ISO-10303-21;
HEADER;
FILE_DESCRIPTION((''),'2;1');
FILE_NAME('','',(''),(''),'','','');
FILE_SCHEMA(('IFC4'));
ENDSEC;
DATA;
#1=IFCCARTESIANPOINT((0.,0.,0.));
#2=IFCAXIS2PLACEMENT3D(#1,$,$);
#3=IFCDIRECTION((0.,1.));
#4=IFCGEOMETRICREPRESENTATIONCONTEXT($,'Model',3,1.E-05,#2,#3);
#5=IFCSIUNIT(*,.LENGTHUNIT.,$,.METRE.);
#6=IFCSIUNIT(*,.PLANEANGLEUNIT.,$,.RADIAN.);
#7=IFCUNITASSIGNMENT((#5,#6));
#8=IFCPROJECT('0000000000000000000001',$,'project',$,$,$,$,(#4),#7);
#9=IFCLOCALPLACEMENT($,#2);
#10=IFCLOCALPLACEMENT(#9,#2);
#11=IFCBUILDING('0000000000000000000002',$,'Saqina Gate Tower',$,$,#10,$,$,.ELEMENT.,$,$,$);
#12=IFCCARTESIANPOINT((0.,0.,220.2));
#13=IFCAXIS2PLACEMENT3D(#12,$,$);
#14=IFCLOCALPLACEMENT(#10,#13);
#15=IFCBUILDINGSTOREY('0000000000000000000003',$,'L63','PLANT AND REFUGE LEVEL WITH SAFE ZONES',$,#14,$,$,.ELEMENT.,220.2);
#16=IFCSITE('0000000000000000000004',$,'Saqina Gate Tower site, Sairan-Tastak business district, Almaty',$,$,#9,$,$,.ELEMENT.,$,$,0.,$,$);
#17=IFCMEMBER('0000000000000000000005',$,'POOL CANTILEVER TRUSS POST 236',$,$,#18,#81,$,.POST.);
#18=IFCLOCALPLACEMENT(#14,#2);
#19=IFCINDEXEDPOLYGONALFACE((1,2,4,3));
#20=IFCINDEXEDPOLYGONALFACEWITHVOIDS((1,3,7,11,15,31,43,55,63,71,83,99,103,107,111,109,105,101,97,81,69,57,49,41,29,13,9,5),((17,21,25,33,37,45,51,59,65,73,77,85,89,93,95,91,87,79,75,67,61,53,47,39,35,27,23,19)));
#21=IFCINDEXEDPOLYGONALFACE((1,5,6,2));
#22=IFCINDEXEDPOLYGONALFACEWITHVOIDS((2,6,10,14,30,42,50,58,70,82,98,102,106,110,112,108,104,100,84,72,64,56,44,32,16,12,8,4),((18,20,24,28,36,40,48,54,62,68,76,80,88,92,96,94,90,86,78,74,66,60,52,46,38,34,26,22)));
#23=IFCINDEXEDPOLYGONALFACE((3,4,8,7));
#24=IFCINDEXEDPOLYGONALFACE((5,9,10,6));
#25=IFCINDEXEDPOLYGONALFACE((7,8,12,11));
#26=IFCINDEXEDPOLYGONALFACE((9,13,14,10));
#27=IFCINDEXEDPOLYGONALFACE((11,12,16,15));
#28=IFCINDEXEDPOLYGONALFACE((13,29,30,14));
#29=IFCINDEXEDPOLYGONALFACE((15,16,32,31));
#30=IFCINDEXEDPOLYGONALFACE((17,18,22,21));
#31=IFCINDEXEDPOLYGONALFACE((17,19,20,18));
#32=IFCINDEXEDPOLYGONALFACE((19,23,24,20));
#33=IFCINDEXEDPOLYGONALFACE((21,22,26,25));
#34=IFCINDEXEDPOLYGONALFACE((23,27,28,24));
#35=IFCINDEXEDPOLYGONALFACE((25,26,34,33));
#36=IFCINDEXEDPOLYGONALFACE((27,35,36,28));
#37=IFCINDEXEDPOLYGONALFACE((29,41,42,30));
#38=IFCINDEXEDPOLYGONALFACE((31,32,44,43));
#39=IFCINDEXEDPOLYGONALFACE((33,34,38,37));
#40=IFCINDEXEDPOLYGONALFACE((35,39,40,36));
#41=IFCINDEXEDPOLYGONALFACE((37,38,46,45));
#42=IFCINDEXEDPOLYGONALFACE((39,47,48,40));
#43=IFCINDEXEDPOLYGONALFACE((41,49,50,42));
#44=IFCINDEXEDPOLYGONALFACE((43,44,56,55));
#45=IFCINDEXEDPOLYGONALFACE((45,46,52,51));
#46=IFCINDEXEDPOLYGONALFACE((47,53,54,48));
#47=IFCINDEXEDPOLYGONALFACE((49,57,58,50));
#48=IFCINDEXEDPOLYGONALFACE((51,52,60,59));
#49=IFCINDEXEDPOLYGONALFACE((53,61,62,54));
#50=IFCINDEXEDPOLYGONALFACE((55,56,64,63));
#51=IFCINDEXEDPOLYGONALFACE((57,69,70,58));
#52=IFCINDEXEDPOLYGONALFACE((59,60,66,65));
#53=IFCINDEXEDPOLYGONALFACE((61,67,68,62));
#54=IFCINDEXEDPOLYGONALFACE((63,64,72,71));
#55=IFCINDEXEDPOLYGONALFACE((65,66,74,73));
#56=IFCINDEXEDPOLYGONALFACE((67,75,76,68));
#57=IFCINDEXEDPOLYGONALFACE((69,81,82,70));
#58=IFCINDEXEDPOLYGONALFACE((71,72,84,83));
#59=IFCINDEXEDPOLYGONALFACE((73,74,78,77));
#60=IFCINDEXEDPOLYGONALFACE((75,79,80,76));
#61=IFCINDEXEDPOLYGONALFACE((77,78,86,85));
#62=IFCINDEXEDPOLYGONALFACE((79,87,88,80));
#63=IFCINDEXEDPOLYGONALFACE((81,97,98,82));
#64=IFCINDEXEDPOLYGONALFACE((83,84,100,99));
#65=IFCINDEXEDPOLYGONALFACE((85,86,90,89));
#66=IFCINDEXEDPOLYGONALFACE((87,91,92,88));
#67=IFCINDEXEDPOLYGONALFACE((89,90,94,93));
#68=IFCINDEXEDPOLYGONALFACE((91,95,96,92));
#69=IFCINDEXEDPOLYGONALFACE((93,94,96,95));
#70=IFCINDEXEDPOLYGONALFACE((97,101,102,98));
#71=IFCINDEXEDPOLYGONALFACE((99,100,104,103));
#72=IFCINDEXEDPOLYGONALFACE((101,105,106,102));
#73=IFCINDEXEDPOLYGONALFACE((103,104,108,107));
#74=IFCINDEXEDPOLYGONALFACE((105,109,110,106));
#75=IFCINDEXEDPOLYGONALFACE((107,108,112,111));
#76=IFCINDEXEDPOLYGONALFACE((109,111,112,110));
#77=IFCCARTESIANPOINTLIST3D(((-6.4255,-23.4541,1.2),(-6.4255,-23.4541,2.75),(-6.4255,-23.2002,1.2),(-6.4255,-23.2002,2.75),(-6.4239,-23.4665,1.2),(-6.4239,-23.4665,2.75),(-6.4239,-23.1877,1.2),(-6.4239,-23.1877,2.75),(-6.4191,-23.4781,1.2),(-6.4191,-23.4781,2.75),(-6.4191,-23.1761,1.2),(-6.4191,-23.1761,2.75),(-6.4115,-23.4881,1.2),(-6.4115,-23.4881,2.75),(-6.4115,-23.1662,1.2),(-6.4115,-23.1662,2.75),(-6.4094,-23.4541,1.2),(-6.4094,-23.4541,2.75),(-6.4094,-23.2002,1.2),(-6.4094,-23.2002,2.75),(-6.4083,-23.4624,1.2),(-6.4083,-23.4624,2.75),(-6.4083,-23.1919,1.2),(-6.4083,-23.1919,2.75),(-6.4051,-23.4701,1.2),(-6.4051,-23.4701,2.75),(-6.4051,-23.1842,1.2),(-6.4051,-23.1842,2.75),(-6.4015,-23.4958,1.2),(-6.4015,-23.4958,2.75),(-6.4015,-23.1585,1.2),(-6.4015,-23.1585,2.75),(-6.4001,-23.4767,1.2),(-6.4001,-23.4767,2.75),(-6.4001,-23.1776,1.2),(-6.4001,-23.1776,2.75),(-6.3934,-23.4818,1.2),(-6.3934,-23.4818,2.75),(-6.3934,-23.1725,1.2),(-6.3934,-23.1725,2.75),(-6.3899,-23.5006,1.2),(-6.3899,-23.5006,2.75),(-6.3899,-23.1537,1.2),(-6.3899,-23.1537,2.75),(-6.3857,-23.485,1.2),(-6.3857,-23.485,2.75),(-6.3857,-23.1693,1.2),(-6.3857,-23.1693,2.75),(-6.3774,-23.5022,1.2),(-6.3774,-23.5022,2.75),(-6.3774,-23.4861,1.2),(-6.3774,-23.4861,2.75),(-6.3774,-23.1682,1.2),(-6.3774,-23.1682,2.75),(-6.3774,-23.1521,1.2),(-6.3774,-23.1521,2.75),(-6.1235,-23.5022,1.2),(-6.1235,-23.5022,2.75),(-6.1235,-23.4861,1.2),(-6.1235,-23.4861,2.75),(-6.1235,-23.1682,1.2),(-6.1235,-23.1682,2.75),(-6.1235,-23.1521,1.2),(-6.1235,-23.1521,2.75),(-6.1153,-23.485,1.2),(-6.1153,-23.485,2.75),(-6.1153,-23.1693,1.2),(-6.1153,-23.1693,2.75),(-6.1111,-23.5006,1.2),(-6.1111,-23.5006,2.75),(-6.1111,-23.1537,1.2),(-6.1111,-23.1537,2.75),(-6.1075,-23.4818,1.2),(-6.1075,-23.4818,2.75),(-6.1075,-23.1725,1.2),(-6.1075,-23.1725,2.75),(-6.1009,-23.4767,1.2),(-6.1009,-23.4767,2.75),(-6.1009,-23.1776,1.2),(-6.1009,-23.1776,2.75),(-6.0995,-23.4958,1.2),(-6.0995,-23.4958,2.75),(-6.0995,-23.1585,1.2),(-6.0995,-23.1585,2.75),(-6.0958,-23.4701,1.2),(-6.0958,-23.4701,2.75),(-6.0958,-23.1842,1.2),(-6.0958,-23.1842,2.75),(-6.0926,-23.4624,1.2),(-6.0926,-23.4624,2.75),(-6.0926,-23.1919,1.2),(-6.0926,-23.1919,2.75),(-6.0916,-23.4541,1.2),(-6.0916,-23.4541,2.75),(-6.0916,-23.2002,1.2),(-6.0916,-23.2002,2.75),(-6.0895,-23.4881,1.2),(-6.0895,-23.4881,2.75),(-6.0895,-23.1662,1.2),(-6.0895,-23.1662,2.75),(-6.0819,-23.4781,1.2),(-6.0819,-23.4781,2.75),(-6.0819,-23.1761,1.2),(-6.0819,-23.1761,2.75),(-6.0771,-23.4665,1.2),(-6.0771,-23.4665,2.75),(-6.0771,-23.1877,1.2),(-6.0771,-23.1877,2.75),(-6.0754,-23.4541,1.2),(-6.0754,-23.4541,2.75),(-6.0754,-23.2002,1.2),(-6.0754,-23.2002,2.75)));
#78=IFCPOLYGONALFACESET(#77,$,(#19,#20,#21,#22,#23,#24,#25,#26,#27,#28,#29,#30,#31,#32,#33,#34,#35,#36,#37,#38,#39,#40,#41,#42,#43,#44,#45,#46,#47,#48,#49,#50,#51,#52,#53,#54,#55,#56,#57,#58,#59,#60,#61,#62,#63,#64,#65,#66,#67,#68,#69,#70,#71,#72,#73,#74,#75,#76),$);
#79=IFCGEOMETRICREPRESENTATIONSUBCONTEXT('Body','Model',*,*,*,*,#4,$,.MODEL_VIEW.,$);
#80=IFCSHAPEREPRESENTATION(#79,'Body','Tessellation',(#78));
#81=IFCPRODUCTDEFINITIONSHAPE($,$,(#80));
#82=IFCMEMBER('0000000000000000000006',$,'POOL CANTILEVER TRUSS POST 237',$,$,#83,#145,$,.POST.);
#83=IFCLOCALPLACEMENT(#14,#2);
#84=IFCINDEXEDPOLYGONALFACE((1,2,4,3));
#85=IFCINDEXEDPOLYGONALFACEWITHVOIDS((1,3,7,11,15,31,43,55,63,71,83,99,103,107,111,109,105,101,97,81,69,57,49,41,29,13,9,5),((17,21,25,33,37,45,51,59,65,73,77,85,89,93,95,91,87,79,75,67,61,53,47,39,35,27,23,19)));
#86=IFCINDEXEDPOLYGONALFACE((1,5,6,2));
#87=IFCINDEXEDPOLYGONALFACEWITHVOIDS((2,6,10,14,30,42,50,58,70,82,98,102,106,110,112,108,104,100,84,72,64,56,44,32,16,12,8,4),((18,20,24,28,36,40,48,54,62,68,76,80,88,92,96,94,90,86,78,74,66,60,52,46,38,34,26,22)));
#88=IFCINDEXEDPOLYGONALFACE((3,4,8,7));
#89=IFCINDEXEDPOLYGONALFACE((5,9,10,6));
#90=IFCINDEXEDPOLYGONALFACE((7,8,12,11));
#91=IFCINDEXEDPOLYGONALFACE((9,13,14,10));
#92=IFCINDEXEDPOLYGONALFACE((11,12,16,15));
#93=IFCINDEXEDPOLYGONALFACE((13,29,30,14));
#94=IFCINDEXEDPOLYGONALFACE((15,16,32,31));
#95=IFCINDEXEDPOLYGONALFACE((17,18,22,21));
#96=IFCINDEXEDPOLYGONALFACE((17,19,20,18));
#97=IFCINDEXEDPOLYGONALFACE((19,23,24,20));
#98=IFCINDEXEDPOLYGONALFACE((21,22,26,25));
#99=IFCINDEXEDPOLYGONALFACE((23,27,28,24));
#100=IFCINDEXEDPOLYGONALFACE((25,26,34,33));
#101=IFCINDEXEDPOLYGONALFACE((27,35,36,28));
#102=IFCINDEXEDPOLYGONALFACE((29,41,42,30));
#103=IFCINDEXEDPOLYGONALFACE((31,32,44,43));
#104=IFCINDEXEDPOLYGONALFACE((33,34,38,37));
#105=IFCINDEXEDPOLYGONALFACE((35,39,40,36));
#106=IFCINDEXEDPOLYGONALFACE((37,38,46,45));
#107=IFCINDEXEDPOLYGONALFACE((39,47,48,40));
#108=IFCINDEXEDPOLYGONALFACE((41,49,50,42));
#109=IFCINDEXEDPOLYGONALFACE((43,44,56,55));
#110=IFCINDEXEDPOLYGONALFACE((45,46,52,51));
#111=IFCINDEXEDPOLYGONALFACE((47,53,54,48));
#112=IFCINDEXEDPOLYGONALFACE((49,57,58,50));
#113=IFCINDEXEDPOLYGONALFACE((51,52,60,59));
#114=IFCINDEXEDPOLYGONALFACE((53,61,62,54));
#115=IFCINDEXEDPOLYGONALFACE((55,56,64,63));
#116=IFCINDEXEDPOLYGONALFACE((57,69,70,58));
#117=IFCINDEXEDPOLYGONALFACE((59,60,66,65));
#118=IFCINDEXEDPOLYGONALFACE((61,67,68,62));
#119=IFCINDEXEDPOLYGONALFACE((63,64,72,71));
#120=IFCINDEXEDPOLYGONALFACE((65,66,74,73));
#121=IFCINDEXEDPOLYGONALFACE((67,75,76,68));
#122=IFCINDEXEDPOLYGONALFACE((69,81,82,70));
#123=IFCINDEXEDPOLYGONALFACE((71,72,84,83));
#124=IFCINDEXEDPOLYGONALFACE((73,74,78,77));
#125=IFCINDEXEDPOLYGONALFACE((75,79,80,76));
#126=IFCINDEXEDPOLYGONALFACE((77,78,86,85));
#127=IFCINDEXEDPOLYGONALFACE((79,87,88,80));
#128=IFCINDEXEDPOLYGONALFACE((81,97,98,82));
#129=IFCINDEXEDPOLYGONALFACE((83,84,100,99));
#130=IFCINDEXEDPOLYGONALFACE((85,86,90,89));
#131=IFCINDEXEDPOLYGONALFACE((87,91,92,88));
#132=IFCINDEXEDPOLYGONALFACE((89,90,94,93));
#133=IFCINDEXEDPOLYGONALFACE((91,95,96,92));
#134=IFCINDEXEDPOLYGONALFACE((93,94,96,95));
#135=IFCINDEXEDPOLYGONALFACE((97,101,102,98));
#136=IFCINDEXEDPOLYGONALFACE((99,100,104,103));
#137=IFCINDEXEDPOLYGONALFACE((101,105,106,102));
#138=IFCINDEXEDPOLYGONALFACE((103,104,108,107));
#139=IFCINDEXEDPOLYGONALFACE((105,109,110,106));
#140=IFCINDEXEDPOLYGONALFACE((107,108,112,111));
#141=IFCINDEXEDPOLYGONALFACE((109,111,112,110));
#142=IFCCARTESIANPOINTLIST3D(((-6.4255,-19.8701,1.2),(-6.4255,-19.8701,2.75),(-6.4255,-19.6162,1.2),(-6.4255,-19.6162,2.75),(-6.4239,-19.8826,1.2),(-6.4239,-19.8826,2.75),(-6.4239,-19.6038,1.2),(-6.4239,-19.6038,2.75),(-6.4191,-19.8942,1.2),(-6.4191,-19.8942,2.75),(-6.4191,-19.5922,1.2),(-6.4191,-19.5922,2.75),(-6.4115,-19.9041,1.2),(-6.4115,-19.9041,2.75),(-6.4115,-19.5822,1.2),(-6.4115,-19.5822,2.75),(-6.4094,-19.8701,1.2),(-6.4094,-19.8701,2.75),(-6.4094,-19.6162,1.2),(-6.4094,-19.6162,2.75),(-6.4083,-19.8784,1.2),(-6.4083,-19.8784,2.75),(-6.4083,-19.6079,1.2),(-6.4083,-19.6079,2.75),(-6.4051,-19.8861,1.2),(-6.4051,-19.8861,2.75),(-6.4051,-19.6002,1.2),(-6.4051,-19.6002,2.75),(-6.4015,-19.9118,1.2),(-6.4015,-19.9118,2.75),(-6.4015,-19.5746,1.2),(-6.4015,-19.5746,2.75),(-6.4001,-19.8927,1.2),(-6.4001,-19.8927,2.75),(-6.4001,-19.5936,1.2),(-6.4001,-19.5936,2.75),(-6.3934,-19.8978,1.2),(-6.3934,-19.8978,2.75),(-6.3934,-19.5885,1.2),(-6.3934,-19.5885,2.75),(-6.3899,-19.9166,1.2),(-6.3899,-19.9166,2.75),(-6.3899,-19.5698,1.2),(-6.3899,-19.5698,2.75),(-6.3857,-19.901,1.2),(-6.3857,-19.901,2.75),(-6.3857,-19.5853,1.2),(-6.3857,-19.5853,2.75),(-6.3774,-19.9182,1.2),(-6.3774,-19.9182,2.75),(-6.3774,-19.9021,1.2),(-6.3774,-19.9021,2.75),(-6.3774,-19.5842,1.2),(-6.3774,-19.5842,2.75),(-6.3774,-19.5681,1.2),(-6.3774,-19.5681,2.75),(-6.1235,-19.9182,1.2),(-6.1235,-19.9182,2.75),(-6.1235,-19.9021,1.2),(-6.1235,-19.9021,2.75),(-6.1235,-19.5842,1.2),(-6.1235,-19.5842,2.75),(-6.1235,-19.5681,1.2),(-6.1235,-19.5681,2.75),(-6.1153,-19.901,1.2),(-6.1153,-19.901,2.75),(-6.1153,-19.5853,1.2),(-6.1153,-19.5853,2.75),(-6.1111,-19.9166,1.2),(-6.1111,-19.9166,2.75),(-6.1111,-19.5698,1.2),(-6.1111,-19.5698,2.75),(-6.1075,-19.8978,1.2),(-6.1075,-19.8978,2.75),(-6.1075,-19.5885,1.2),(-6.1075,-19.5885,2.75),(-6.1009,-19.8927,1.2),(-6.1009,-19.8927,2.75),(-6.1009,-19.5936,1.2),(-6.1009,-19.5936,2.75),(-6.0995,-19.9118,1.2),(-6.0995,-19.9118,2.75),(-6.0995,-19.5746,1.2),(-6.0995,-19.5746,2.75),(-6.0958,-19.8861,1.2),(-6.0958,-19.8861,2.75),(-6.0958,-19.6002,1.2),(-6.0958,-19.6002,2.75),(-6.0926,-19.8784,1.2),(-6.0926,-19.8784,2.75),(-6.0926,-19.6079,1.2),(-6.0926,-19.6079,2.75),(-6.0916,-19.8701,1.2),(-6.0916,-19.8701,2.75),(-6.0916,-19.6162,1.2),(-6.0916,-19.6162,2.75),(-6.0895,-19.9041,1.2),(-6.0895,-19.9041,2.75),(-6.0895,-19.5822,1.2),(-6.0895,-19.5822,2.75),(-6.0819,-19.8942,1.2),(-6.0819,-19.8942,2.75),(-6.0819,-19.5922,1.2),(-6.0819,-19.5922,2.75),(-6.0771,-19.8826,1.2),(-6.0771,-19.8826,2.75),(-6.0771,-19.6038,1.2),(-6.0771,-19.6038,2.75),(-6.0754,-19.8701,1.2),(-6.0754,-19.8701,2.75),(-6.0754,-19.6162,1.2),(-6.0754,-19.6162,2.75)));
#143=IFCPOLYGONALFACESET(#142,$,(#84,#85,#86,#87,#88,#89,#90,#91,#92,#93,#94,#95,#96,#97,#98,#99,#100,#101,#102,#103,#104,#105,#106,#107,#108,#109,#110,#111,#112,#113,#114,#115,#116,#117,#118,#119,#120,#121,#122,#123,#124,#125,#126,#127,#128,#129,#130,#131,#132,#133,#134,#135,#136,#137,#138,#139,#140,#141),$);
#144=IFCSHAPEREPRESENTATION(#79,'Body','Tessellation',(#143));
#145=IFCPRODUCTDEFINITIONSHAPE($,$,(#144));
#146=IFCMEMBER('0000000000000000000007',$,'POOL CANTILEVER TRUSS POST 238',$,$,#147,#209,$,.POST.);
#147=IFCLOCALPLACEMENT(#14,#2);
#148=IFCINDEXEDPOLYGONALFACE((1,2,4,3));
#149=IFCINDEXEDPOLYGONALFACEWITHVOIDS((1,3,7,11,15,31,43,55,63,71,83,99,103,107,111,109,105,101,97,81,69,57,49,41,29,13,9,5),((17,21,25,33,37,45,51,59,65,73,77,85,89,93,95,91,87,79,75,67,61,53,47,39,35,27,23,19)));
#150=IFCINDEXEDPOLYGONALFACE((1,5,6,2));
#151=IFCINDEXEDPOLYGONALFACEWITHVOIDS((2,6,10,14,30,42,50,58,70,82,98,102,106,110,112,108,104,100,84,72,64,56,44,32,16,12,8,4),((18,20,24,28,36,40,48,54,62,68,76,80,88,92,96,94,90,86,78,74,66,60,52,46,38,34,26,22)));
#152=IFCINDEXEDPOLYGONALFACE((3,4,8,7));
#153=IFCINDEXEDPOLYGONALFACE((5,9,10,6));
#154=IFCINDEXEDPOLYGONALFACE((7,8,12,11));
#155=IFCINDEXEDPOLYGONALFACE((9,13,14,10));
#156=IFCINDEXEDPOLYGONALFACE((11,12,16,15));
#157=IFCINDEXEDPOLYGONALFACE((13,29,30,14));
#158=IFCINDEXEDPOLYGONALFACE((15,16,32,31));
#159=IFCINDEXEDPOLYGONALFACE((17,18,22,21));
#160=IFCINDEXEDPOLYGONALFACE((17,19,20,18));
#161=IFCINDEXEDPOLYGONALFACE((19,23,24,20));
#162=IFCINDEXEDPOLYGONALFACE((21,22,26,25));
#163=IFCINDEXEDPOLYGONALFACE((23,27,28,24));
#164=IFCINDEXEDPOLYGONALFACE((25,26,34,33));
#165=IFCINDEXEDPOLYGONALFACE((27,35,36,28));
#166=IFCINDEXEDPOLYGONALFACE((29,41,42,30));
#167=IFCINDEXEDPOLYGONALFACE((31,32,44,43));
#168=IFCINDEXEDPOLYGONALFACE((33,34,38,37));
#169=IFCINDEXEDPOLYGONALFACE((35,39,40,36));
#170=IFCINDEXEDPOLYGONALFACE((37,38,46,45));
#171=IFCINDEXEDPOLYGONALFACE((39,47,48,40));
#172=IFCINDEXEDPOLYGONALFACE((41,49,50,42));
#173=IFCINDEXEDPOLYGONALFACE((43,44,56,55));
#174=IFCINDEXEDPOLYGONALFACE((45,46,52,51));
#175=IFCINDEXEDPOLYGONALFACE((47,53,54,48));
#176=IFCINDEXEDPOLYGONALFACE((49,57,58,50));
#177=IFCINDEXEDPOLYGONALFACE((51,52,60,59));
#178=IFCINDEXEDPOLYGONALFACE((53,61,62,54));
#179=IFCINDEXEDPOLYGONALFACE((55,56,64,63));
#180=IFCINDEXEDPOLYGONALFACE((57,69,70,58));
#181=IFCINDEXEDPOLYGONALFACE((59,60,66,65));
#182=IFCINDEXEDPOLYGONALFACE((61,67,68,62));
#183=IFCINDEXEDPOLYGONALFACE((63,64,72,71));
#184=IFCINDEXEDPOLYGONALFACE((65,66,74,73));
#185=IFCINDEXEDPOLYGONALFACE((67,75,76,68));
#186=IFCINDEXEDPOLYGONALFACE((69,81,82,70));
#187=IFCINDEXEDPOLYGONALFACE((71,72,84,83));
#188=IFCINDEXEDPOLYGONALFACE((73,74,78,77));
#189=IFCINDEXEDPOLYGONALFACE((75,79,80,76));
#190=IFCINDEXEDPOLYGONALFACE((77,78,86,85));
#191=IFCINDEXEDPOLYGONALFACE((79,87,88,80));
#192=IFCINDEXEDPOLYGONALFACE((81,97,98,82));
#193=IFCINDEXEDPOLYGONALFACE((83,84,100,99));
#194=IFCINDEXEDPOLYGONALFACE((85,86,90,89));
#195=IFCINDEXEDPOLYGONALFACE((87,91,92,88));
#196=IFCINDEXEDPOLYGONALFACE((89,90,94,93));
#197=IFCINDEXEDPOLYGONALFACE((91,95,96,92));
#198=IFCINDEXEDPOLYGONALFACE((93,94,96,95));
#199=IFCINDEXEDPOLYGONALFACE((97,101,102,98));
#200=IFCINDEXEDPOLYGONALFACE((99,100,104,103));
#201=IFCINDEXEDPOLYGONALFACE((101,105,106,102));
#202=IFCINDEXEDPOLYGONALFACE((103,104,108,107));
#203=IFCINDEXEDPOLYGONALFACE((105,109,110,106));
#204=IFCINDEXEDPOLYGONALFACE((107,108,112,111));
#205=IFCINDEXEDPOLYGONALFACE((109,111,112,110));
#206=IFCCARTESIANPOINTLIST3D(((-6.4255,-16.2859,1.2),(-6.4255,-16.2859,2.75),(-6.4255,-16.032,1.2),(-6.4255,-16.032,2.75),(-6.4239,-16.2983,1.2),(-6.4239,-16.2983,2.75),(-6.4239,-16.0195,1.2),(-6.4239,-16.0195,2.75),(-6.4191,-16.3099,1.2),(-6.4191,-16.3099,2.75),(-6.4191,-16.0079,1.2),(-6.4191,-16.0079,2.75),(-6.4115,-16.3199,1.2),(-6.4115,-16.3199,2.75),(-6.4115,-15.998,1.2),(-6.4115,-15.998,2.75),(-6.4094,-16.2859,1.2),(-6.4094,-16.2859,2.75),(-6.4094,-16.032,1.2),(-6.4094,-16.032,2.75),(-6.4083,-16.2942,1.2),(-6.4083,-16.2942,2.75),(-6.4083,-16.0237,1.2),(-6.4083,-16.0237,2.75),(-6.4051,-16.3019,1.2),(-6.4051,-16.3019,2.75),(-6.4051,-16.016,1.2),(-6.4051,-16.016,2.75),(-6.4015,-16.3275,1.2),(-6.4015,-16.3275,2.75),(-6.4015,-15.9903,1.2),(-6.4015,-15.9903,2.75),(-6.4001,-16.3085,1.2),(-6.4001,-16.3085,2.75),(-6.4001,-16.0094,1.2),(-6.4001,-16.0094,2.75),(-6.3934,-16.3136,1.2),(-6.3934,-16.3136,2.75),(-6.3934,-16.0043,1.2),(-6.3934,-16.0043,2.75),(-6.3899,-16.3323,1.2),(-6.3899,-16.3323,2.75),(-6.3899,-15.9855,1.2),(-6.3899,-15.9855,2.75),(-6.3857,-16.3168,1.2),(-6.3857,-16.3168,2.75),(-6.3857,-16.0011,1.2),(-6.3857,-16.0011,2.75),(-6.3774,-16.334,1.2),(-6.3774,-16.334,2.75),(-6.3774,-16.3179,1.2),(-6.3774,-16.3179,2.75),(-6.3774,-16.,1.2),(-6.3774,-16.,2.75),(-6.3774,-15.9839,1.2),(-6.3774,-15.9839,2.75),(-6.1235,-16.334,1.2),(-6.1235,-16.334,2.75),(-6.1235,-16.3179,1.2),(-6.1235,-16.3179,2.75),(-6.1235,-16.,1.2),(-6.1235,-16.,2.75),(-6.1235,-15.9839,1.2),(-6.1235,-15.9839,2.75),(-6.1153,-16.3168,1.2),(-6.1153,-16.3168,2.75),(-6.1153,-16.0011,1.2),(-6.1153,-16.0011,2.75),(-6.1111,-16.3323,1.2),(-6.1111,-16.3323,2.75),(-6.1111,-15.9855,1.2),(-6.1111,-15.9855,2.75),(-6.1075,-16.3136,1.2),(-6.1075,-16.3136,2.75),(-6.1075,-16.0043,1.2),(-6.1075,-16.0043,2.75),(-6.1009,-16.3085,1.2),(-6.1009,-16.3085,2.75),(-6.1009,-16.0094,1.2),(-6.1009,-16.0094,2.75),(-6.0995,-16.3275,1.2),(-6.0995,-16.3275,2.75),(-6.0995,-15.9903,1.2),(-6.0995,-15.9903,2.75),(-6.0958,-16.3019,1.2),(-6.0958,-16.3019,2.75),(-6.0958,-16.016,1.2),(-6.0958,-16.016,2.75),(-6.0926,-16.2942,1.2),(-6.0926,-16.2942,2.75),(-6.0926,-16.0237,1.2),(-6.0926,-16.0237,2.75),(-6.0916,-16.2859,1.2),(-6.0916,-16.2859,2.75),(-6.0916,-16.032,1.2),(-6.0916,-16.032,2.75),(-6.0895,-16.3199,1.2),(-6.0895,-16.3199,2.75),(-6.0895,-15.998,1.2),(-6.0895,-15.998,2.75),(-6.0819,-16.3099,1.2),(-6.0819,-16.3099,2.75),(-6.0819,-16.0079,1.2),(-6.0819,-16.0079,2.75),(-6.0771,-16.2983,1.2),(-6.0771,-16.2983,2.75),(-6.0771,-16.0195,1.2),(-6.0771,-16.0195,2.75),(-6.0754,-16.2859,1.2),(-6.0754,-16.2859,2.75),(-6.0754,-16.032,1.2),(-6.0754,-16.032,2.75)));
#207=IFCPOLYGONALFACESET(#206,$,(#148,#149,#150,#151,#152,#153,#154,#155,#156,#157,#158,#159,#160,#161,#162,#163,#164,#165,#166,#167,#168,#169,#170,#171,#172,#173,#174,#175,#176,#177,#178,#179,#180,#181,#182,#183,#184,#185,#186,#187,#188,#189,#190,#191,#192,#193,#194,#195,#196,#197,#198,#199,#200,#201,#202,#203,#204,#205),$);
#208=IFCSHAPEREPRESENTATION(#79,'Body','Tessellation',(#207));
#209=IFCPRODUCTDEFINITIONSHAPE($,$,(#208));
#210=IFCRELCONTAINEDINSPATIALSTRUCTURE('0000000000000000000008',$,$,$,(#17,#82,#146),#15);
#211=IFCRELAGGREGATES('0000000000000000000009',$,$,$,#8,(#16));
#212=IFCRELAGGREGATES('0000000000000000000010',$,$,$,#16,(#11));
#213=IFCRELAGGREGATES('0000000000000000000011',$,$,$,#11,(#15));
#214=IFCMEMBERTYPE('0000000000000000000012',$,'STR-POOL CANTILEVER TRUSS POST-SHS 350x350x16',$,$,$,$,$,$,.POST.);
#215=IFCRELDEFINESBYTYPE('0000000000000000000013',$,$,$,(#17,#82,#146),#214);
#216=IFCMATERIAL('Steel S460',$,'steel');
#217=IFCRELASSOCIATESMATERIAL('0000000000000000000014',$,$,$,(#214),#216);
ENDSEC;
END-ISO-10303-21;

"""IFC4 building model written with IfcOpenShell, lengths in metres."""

from ifc_helpers import new_model, si_unit, direction, frame, origin, origin_2d, place, context, subcontext, project, spatial, hollow_rectangle, extrude, material, material_profile, profile_set, type_object, element, save


model = new_model("IFC4")

# Units and contexts
model_context = context("Model", 3, precision=1e-05, world=origin(), true_north=direction((0.0, 1.0)))
body_context = subcontext(model_context, "Body", "Model", "MODEL_VIEW")
ifc_project = project(units=[si_unit("LENGTHUNIT", "METRE"), si_unit("PLANEANGLEUNIT", "RADIAN")], contexts=[model_context])

# Site, building, storey
site_placement = place(None, origin())
site = spatial("IfcSite", under=ifc_project, at=site_placement, Name="Saqina Gate Tower site, Sairan-Tastak business district, Almaty", CompositionType="ELEMENT", RefElevation=0.0)
building_placement = place(site_placement, origin())
building = spatial("IfcBuilding", under=site, at=building_placement, Name="Saqina Gate Tower", CompositionType="ELEMENT")
storey_placement = place(building_placement, frame((0.0, 0.0, 220.2)))
storey = spatial("IfcBuildingStorey", under=building, at=storey_placement, Name="L63", Description="PLANT AND REFUGE LEVEL WITH SAFE ZONES", CompositionType="ELEMENT", Elevation=220.2)

# Members
ifc_material_1 = material(Name="Steel S460", Category="steel")
ifc_material_profile_1 = material_profile(ifc_material_1, hollow_rectangle(XDim=0.3501, YDim=0.3501, WallThickness=0.0161, InnerFilletRadius=0.032, OuterFilletRadius=0.0481, at=origin_2d()), Name="SHS 350x350x16")
ifc_profile_set_1 = profile_set([ifc_material_profile_1], Name="Steel S460")
member_type_1 = type_object("IfcMemberType", Name="STR-POOL CANTILEVER TRUSS POST-SHS 350x350x16", PredefinedType="POST", material=ifc_profile_set_1)
for number, where, z_axis, x_axis, name in (
    (1, (-6.2505, -23.3271, 1.2), (0.0, 0.0, 1.0), (1.0, 0.0, 0.0), "POOL CANTILEVER TRUSS POST 236"),
    (2, (-6.2505, -19.7432, 1.2), (0.0, 0.0, 1.0), (1.0, 0.0, 0.0), "POOL CANTILEVER TRUSS POST 237"),
    (3, (-6.2505, -16.1589, 1.2), (0.0, 0.0, 1.0), (1.0, 0.0, 0.0), "POOL CANTILEVER TRUSS POST 238"),
):
    element("IfcMember", number, at=place(storey_placement, frame(where, z_axis=z_axis, x_axis=x_axis)), inside=storey, type_object=member_type_1, Name=name, PredefinedType="POST", context=body_context, shape_type="SweptSolid", body=[
        extrude(hollow_rectangle(XDim=0.3501, YDim=0.3501, WallThickness=0.0161, InnerFilletRadius=0.032, OuterFilletRadius=0.0481, at=origin_2d()), origin(), (0.0, 0.0, 1.0), 1.55),
    ])

save(model, "model.ifc")
